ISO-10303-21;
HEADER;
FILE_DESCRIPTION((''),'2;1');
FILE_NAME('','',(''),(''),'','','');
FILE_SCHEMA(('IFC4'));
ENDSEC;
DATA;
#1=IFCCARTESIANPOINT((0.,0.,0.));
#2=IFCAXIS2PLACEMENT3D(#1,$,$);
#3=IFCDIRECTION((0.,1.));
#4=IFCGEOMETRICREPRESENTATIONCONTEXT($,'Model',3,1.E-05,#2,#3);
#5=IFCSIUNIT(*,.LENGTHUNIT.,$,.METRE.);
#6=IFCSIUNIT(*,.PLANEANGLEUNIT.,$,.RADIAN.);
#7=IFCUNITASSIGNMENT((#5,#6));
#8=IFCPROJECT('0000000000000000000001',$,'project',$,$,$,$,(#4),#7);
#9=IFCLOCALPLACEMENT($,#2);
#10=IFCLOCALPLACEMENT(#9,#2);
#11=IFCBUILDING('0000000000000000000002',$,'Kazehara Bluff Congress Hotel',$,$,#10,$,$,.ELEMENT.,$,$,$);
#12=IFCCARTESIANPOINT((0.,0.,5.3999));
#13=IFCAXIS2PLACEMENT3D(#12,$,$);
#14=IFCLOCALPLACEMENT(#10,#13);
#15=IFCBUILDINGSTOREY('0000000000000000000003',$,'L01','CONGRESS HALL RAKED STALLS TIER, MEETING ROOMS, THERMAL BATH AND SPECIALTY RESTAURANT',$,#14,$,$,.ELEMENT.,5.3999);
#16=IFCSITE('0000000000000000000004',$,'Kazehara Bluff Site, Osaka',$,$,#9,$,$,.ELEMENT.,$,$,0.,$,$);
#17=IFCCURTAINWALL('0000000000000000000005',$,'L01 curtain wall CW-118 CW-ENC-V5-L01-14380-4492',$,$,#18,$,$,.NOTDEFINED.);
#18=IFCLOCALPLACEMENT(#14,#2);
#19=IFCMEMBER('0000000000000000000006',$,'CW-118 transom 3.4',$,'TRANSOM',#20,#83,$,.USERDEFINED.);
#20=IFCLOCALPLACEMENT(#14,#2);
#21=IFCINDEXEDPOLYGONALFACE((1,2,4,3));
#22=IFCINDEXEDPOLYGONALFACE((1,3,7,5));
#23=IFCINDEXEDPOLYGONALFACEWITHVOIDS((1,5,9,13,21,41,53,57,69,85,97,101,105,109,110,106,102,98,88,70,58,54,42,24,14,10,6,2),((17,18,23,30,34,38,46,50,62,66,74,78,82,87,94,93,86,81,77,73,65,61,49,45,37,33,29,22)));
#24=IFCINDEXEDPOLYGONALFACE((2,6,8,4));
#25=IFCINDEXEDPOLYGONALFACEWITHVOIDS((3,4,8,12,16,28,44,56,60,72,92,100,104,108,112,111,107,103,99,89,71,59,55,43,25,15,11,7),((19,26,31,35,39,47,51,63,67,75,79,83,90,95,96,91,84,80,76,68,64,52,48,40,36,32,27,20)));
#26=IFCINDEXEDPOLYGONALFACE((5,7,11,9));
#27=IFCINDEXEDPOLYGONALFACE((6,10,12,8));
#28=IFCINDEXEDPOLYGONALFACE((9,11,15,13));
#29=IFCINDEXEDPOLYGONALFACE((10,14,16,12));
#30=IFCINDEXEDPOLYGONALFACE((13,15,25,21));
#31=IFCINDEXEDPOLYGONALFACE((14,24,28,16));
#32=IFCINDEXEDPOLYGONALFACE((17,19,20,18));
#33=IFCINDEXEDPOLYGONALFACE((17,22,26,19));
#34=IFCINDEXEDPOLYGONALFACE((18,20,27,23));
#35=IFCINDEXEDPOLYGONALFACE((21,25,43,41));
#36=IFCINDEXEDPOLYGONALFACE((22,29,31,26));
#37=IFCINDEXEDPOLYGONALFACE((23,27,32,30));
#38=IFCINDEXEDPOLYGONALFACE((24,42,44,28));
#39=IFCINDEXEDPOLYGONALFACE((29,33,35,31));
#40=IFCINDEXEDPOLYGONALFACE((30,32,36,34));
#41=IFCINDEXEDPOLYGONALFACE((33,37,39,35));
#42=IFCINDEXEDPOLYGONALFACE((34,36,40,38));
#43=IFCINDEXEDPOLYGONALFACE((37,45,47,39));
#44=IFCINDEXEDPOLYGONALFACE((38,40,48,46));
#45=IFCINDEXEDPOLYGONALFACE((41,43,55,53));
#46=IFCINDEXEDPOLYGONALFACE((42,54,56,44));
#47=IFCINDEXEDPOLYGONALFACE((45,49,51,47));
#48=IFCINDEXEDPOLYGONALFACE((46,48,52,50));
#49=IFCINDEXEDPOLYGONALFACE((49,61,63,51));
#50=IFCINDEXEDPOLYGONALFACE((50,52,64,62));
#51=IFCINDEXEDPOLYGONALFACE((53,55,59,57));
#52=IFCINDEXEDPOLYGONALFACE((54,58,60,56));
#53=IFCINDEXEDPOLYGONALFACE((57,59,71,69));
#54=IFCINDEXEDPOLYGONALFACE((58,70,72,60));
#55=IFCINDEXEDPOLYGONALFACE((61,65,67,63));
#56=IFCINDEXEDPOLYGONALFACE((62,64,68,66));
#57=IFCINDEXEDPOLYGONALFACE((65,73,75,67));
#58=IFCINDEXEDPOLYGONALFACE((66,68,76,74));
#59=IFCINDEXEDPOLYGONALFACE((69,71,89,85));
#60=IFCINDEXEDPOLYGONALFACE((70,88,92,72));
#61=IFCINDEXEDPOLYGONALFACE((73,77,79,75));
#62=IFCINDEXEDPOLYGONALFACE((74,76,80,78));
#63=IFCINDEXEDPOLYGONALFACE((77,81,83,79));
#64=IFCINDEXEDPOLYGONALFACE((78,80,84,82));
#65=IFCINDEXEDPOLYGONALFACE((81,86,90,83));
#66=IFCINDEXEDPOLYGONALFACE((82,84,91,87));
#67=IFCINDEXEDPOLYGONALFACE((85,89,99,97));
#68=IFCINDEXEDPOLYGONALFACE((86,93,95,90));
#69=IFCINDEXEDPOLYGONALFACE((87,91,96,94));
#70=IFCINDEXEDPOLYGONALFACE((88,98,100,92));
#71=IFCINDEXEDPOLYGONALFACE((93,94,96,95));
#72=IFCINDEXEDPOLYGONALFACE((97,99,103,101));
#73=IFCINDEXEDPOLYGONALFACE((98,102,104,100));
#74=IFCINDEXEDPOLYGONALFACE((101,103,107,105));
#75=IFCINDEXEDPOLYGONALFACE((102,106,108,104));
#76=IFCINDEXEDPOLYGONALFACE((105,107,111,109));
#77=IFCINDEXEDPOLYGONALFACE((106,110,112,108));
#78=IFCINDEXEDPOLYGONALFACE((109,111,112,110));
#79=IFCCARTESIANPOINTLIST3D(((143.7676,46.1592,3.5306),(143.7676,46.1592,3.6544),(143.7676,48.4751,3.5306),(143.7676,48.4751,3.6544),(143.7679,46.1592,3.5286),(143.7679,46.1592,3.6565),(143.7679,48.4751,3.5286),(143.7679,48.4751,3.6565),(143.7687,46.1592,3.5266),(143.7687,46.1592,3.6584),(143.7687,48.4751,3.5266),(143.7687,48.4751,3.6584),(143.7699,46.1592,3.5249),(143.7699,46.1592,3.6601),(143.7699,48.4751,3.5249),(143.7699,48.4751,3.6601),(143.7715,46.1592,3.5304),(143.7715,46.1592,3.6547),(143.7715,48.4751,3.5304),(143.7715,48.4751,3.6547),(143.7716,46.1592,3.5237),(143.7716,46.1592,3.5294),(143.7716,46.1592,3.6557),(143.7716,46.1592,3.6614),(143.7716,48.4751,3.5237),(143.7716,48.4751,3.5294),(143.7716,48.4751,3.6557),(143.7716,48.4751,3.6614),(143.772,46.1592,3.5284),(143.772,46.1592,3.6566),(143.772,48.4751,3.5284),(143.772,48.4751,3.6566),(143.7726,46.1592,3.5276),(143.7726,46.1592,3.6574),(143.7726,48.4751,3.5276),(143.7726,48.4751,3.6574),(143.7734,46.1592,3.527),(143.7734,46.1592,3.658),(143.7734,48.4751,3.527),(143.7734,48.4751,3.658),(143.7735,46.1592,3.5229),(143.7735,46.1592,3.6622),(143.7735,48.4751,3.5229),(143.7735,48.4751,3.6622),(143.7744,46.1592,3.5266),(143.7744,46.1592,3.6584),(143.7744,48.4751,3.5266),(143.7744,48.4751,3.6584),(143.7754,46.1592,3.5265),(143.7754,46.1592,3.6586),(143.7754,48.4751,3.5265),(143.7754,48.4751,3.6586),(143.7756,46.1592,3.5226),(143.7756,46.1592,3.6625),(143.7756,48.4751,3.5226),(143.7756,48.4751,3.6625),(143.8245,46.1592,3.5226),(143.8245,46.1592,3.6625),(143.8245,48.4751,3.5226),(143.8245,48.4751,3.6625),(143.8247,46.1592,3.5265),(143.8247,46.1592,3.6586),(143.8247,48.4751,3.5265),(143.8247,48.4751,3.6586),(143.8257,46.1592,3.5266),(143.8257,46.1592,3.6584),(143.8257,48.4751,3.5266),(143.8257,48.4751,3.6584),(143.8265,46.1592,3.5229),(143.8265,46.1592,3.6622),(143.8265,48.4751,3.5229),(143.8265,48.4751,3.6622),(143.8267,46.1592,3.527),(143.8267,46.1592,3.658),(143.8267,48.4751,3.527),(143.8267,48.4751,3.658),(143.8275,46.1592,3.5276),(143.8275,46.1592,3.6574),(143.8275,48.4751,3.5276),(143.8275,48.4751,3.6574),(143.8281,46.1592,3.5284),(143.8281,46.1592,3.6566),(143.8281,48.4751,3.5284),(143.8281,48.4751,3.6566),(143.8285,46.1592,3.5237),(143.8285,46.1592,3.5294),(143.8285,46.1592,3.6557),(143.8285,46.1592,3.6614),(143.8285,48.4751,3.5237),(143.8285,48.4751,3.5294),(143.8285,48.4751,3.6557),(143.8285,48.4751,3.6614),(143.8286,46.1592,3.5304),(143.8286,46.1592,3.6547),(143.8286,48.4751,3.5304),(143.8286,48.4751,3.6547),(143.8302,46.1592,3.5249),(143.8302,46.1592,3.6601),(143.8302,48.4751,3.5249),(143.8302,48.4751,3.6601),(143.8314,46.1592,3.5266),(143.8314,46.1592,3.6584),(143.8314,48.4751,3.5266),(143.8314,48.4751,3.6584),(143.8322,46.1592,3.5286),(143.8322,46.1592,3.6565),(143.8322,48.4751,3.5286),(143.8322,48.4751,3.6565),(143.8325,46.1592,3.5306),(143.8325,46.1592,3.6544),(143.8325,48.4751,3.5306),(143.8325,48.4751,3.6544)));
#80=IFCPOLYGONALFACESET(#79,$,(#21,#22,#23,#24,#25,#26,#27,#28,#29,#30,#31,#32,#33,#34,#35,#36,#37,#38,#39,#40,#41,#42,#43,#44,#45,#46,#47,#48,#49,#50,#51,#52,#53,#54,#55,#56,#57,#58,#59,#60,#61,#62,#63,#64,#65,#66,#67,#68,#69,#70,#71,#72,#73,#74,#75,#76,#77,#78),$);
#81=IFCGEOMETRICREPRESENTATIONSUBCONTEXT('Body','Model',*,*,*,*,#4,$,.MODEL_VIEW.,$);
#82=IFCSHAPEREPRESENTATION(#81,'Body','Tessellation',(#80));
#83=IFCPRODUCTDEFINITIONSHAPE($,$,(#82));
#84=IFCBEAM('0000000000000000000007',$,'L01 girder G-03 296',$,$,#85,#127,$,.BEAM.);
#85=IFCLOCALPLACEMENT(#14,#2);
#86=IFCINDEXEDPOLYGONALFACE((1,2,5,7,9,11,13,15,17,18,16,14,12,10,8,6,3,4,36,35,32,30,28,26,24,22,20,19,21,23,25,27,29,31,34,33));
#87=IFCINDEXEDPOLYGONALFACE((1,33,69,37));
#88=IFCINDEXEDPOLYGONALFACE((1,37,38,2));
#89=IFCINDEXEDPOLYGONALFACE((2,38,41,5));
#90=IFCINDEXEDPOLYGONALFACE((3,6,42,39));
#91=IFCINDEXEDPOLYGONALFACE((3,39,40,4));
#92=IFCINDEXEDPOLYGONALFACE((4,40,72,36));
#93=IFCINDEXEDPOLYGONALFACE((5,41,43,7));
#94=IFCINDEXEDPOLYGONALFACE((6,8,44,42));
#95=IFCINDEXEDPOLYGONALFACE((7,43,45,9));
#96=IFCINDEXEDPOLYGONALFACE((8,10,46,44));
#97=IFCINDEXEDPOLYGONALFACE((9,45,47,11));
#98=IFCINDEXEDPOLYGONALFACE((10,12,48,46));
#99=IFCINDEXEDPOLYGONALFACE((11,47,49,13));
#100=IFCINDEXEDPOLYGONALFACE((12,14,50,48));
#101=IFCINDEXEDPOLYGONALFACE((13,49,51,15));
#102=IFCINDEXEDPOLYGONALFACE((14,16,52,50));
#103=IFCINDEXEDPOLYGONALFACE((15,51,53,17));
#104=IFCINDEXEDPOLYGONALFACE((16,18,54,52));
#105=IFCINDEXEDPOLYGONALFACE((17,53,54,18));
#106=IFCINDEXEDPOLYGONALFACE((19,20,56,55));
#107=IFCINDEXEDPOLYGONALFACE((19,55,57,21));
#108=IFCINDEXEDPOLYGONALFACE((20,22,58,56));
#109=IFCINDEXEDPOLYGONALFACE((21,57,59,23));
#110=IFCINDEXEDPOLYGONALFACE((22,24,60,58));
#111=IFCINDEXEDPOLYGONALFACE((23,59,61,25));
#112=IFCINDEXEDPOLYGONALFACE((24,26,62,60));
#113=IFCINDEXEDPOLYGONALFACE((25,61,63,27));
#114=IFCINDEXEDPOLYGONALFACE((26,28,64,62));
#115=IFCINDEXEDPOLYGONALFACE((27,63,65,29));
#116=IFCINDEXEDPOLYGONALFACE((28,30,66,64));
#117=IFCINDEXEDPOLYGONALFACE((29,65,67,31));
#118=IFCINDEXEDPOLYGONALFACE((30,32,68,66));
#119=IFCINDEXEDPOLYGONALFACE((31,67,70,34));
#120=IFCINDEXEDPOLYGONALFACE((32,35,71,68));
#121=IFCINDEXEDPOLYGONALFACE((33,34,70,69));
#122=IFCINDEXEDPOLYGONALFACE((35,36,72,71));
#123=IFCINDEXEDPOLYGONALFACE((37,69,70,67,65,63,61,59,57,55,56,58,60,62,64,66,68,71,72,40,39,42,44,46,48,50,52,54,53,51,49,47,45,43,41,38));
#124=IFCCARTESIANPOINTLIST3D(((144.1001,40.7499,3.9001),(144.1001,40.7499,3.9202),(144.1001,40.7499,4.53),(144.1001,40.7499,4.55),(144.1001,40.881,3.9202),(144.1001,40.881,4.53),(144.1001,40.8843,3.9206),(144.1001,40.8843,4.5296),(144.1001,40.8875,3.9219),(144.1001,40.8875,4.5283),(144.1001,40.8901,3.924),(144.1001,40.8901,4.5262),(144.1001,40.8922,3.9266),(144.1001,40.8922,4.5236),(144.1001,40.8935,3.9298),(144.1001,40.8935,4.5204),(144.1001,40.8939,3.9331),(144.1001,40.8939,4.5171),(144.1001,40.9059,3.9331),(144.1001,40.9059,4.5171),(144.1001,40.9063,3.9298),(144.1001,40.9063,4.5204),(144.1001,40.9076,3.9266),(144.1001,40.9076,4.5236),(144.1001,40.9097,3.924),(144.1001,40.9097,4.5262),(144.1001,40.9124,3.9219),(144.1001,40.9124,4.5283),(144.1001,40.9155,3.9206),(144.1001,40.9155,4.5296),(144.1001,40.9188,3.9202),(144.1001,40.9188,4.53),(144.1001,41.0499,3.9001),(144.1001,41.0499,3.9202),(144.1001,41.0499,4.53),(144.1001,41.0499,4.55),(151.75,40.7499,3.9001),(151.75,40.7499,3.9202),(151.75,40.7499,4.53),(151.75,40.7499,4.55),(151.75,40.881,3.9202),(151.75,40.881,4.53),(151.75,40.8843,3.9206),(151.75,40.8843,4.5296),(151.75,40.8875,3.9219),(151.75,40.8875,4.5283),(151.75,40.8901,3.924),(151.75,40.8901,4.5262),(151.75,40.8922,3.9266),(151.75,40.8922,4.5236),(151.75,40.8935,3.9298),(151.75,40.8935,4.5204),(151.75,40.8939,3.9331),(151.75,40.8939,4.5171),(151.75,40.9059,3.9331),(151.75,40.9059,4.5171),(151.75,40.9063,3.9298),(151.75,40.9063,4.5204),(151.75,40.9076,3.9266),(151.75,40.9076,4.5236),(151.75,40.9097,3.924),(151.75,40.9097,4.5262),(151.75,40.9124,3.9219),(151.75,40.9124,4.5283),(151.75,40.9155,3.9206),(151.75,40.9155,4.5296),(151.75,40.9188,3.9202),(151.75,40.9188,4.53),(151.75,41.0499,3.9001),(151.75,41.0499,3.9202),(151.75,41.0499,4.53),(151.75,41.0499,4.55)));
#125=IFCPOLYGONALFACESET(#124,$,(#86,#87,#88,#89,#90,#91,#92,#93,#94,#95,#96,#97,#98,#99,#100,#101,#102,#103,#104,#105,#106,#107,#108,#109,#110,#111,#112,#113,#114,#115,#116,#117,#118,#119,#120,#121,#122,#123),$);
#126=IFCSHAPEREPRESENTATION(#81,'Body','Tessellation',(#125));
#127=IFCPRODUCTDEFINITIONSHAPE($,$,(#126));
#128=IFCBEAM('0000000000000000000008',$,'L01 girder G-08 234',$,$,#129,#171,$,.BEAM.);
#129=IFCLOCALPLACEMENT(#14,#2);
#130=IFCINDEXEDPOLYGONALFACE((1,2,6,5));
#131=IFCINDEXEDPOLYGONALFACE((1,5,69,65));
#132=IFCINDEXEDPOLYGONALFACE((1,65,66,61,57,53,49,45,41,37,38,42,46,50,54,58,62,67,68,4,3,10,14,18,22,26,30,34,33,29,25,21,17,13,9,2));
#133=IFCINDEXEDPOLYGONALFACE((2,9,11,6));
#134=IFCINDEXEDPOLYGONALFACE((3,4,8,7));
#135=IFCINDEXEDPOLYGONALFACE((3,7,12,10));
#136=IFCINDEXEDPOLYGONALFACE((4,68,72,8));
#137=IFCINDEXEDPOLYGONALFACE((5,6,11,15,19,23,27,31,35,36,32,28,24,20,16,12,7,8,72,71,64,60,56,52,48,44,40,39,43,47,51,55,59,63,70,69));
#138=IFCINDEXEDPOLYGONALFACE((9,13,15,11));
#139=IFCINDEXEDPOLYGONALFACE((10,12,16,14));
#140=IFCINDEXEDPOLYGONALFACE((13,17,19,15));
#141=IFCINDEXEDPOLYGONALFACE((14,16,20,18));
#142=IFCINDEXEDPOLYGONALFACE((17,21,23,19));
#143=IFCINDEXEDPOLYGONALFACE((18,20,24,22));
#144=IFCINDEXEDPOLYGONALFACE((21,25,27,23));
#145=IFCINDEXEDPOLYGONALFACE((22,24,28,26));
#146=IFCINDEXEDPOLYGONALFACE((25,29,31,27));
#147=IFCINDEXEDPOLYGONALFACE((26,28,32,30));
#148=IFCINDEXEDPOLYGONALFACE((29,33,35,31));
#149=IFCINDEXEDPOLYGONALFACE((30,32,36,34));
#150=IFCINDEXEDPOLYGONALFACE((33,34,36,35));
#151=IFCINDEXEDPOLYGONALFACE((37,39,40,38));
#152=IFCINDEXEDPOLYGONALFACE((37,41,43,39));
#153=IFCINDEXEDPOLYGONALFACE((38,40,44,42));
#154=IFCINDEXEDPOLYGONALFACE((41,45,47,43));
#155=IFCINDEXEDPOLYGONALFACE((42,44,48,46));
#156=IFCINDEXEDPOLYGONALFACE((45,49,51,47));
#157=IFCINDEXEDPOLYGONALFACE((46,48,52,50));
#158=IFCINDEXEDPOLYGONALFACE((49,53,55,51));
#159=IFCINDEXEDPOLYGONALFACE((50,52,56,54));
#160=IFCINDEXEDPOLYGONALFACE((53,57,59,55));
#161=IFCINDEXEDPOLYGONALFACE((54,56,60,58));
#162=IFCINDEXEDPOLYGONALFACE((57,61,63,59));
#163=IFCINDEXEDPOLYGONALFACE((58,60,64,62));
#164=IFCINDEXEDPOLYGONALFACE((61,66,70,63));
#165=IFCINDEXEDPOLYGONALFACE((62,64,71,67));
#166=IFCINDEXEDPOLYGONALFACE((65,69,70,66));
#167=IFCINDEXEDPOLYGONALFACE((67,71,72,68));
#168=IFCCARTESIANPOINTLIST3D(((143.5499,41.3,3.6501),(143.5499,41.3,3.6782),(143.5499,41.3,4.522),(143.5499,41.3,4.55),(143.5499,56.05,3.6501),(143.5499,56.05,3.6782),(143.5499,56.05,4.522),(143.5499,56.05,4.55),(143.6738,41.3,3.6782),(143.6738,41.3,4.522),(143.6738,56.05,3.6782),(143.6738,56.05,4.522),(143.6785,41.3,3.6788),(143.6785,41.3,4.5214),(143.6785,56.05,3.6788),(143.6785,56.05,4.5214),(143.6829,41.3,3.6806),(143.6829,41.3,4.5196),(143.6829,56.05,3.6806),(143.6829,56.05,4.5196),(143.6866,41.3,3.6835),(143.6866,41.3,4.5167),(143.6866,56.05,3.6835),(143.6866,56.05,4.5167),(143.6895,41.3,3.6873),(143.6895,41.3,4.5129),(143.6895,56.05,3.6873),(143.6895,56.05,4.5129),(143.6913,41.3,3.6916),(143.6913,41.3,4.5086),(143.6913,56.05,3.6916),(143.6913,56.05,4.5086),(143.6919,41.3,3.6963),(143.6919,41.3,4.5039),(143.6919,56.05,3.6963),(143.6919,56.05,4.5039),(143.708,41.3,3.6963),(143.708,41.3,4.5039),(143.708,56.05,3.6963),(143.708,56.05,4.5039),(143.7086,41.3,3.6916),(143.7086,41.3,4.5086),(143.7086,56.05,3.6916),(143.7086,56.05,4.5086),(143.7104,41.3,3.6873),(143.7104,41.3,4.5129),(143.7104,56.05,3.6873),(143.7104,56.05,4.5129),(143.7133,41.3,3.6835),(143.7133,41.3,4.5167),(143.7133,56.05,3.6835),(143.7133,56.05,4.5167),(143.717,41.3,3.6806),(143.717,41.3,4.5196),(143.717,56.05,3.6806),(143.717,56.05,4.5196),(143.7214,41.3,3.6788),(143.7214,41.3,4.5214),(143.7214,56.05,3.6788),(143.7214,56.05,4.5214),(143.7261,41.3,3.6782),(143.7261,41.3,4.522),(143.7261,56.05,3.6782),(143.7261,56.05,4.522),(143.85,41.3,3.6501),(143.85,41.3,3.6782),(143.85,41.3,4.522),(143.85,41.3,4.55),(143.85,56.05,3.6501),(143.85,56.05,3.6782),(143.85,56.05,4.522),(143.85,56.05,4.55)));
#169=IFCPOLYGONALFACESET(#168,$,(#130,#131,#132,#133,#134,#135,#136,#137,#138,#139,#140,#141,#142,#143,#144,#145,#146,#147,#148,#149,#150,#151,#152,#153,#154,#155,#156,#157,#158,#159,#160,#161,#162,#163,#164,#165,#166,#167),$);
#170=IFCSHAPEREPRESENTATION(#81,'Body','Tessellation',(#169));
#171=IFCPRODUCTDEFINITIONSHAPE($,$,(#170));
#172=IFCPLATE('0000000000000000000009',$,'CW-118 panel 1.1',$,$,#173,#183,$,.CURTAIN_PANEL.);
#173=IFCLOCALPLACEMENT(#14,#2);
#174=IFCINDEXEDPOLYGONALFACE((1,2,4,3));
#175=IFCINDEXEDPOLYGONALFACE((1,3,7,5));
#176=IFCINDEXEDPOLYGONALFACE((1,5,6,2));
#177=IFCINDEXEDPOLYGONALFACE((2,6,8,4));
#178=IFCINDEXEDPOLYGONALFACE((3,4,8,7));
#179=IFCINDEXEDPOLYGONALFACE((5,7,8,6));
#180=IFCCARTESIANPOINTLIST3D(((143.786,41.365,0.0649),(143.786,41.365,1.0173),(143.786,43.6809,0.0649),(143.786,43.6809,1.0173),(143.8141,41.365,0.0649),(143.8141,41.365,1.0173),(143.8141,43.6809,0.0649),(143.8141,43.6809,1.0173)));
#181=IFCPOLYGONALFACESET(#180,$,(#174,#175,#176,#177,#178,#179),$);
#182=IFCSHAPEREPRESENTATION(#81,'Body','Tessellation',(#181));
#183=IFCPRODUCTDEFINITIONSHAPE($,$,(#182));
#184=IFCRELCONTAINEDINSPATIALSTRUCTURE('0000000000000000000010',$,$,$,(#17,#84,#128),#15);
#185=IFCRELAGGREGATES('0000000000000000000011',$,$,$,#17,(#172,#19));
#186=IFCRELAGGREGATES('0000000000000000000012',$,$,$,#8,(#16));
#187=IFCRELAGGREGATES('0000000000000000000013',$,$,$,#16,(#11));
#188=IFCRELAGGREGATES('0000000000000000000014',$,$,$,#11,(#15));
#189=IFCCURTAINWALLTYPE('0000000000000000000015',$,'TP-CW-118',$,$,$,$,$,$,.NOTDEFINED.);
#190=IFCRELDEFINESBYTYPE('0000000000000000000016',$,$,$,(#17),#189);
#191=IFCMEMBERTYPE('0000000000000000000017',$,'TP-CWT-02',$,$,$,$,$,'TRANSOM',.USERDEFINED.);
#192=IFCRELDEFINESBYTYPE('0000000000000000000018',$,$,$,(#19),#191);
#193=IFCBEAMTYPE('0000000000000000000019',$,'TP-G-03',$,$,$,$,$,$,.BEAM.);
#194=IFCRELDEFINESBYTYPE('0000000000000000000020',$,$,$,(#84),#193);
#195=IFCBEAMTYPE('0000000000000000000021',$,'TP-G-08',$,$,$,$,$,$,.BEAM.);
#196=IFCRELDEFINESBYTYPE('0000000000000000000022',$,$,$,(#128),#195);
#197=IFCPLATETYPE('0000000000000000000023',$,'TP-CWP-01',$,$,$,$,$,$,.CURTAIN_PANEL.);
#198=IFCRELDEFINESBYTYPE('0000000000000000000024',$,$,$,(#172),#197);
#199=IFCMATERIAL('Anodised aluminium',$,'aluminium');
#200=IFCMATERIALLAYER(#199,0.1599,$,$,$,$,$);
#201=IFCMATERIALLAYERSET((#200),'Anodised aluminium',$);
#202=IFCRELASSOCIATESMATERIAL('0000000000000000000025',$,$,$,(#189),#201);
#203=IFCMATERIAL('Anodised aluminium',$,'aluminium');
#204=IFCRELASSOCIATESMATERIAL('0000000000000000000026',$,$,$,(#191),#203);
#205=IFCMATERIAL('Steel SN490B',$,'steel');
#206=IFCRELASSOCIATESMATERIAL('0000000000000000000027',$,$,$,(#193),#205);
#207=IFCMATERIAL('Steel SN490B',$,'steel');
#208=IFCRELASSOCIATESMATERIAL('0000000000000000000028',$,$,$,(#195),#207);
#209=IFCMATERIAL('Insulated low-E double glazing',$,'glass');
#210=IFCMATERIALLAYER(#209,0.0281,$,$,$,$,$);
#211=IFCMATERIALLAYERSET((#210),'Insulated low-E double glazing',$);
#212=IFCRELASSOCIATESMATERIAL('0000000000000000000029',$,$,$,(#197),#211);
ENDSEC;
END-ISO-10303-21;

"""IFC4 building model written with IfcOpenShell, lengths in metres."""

from ifc_helpers import new_model, si_unit, direction, frame, origin, origin_2d, place, context, subcontext, project, spatial, rectangle, hollow_rectangle, i_section, extrude, material, layer, layer_set, material_profile, profile_set, type_object, element, aggregate, save


model = new_model("IFC4")

# Units and contexts
model_context = context("Model", 3, precision=1e-05, world=origin(), true_north=direction((0.0, 1.0)))
body_context = subcontext(model_context, "Body", "Model", "MODEL_VIEW")
ifc_project = project(units=[si_unit("LENGTHUNIT", "METRE"), si_unit("PLANEANGLEUNIT", "RADIAN")], contexts=[model_context])

# Site, building, storey
site_placement = place(None, origin())
site = spatial("IfcSite", under=ifc_project, at=site_placement, Name="Kazehara Bluff Site, Osaka", CompositionType="ELEMENT", RefElevation=0.0)
building_placement = place(site_placement, origin())
building = spatial("IfcBuilding", under=site, at=building_placement, Name="Kazehara Bluff Congress Hotel", CompositionType="ELEMENT")
storey_placement = place(building_placement, frame((0.0, 0.0, 5.3999)))
storey = spatial("IfcBuildingStorey", under=building, at=storey_placement, Name="L01", Description="CONGRESS HALL RAKED STALLS TIER, MEETING ROOMS, THERMAL BATH AND SPECIALTY RESTAURANT", CompositionType="ELEMENT", Elevation=5.3999)

# Curtain wall, member
ifc_material_1 = material(Name="Anodised aluminium", Category="aluminium")
ifc_layer_1 = layer(ifc_material_1, 0.1599)
ifc_layer_set_1 = layer_set([ifc_layer_1], Name="Anodised aluminium")
curtain_wall_type = type_object("IfcCurtainWallType", Name="TP-CW-118", PredefinedType="NOTDEFINED", material=ifc_layer_set_1)
curtain_wall_placement = place(storey_placement, origin())
curtain_wall = element("IfcCurtainWall", 1, at=curtain_wall_placement, inside=storey, type_object=curtain_wall_type, Name="L01 curtain wall CW-118 CW-ENC-V5-L01-14380-4492", PredefinedType="NOTDEFINED")
ifc_material_2 = material(Name="Anodised aluminium", Category="aluminium")
ifc_material_profile_1 = material_profile(ifc_material_2, hollow_rectangle(XDim=0.0649, YDim=0.1399, WallThickness=0.0039, InnerFilletRadius=0.0039, OuterFilletRadius=0.0081, at=origin_2d()))
ifc_profile_set_1 = profile_set([ifc_material_profile_1], Name="Anodised aluminium")
member_type_1 = type_object("IfcMemberType", Name="TP-CWT-02", ElementType="TRANSOM", PredefinedType="USERDEFINED", material=ifc_profile_set_1)
member_1_placement = place(storey_placement, frame((143.8, 46.1592, 3.5925), z_axis=(0.0, 1.0, 0.0), x_axis=(-1.0, 0.0, 0.0)))
member_1 = element("IfcMember", 2, at=member_1_placement, type_object=member_type_1, Name="CW-118 transom 3.4", ObjectType="TRANSOM", PredefinedType="USERDEFINED", context=body_context, shape_type="SweptSolid", body=[
    extrude(hollow_rectangle(XDim=0.0649, YDim=0.1399, WallThickness=0.0039, InnerFilletRadius=0.0039, OuterFilletRadius=0.0081, at=origin_2d()), origin(), (0.0, 0.0, 1.0), 2.3159),
])

# Beams
ifc_material_3 = material(Name="Steel SN490B", Category="steel")
ifc_material_profile_2 = material_profile(ifc_material_3, i_section(OverallWidth=0.3, OverallDepth=0.6499, WebThickness=0.012, FlangeThickness=0.02, FilletRadius=0.0129, at=origin_2d()))
ifc_profile_set_2 = profile_set([ifc_material_profile_2], Name="Steel SN490B")
beam_type_1 = type_object("IfcBeamType", Name="TP-G-03", PredefinedType="BEAM", material=ifc_profile_set_2)
beam_1_placement = place(storey_placement, frame((144.1001, 40.8999, 4.2251), z_axis=(1.0, 0.0, 0.0), x_axis=(0.0, 1.0, 0.0)))
element("IfcBeam", 3, at=beam_1_placement, inside=storey, type_object=beam_type_1, Name="L01 girder G-03 296", PredefinedType="BEAM", context=body_context, shape_type="SweptSolid", body=[
    extrude(i_section(OverallWidth=0.3, OverallDepth=0.6499, WebThickness=0.012, FlangeThickness=0.02, FilletRadius=0.0129, at=origin_2d()), origin(), (0.0, 0.0, 1.0), 7.6499),
])
ifc_material_4 = material(Name="Steel SN490B", Category="steel")
ifc_material_profile_3 = material_profile(ifc_material_4, i_section(OverallWidth=0.3, OverallDepth=0.8999, WebThickness=0.0161, FlangeThickness=0.0281, FilletRadius=0.0181, at=origin_2d()))
ifc_profile_set_3 = profile_set([ifc_material_profile_3], Name="Steel SN490B")
beam_type_2 = type_object("IfcBeamType", Name="TP-G-08", PredefinedType="BEAM", material=ifc_profile_set_3)
beam_2_placement = place(storey_placement, frame((143.7, 41.3, 4.1001), z_axis=(0.0, 1.0, 0.0), x_axis=(-1.0, 0.0, 0.0)))
element("IfcBeam", 4, at=beam_2_placement, inside=storey, type_object=beam_type_2, Name="L01 girder G-08 234", PredefinedType="BEAM", context=body_context, shape_type="SweptSolid", body=[
    extrude(i_section(OverallWidth=0.3, OverallDepth=0.8999, WebThickness=0.0161, FlangeThickness=0.0281, FilletRadius=0.0181, at=origin_2d()), origin(), (0.0, 0.0, 1.0), 14.75),
])

# Plate
ifc_material_5 = material(Name="Insulated low-E double glazing", Category="glass")
ifc_layer_2 = layer(ifc_material_5, 0.0281)
ifc_layer_set_2 = layer_set([ifc_layer_2], Name="Insulated low-E double glazing")
plate_type = type_object("IfcPlateType", Name="TP-CWP-01", PredefinedType="CURTAIN_PANEL", material=ifc_layer_set_2)
plate_1_placement = place(storey_placement, frame((143.8, 42.5229, 0.0649), z_axis=(0.0, 0.0, 1.0), x_axis=(0.0, 1.0, 0.0)))
plate_1 = element("IfcPlate", 5, at=plate_1_placement, type_object=plate_type, Name="CW-118 panel 1.1", PredefinedType="CURTAIN_PANEL", context=body_context, shape_type="SweptSolid", body=[
    extrude(rectangle(XDim=2.3159, YDim=0.0281, at=origin_2d()), origin(), (0.0, 0.0, 1.0), 0.9524),
])
aggregate(curtain_wall, [plate_1, member_1])

save(model, "model.ifc")
